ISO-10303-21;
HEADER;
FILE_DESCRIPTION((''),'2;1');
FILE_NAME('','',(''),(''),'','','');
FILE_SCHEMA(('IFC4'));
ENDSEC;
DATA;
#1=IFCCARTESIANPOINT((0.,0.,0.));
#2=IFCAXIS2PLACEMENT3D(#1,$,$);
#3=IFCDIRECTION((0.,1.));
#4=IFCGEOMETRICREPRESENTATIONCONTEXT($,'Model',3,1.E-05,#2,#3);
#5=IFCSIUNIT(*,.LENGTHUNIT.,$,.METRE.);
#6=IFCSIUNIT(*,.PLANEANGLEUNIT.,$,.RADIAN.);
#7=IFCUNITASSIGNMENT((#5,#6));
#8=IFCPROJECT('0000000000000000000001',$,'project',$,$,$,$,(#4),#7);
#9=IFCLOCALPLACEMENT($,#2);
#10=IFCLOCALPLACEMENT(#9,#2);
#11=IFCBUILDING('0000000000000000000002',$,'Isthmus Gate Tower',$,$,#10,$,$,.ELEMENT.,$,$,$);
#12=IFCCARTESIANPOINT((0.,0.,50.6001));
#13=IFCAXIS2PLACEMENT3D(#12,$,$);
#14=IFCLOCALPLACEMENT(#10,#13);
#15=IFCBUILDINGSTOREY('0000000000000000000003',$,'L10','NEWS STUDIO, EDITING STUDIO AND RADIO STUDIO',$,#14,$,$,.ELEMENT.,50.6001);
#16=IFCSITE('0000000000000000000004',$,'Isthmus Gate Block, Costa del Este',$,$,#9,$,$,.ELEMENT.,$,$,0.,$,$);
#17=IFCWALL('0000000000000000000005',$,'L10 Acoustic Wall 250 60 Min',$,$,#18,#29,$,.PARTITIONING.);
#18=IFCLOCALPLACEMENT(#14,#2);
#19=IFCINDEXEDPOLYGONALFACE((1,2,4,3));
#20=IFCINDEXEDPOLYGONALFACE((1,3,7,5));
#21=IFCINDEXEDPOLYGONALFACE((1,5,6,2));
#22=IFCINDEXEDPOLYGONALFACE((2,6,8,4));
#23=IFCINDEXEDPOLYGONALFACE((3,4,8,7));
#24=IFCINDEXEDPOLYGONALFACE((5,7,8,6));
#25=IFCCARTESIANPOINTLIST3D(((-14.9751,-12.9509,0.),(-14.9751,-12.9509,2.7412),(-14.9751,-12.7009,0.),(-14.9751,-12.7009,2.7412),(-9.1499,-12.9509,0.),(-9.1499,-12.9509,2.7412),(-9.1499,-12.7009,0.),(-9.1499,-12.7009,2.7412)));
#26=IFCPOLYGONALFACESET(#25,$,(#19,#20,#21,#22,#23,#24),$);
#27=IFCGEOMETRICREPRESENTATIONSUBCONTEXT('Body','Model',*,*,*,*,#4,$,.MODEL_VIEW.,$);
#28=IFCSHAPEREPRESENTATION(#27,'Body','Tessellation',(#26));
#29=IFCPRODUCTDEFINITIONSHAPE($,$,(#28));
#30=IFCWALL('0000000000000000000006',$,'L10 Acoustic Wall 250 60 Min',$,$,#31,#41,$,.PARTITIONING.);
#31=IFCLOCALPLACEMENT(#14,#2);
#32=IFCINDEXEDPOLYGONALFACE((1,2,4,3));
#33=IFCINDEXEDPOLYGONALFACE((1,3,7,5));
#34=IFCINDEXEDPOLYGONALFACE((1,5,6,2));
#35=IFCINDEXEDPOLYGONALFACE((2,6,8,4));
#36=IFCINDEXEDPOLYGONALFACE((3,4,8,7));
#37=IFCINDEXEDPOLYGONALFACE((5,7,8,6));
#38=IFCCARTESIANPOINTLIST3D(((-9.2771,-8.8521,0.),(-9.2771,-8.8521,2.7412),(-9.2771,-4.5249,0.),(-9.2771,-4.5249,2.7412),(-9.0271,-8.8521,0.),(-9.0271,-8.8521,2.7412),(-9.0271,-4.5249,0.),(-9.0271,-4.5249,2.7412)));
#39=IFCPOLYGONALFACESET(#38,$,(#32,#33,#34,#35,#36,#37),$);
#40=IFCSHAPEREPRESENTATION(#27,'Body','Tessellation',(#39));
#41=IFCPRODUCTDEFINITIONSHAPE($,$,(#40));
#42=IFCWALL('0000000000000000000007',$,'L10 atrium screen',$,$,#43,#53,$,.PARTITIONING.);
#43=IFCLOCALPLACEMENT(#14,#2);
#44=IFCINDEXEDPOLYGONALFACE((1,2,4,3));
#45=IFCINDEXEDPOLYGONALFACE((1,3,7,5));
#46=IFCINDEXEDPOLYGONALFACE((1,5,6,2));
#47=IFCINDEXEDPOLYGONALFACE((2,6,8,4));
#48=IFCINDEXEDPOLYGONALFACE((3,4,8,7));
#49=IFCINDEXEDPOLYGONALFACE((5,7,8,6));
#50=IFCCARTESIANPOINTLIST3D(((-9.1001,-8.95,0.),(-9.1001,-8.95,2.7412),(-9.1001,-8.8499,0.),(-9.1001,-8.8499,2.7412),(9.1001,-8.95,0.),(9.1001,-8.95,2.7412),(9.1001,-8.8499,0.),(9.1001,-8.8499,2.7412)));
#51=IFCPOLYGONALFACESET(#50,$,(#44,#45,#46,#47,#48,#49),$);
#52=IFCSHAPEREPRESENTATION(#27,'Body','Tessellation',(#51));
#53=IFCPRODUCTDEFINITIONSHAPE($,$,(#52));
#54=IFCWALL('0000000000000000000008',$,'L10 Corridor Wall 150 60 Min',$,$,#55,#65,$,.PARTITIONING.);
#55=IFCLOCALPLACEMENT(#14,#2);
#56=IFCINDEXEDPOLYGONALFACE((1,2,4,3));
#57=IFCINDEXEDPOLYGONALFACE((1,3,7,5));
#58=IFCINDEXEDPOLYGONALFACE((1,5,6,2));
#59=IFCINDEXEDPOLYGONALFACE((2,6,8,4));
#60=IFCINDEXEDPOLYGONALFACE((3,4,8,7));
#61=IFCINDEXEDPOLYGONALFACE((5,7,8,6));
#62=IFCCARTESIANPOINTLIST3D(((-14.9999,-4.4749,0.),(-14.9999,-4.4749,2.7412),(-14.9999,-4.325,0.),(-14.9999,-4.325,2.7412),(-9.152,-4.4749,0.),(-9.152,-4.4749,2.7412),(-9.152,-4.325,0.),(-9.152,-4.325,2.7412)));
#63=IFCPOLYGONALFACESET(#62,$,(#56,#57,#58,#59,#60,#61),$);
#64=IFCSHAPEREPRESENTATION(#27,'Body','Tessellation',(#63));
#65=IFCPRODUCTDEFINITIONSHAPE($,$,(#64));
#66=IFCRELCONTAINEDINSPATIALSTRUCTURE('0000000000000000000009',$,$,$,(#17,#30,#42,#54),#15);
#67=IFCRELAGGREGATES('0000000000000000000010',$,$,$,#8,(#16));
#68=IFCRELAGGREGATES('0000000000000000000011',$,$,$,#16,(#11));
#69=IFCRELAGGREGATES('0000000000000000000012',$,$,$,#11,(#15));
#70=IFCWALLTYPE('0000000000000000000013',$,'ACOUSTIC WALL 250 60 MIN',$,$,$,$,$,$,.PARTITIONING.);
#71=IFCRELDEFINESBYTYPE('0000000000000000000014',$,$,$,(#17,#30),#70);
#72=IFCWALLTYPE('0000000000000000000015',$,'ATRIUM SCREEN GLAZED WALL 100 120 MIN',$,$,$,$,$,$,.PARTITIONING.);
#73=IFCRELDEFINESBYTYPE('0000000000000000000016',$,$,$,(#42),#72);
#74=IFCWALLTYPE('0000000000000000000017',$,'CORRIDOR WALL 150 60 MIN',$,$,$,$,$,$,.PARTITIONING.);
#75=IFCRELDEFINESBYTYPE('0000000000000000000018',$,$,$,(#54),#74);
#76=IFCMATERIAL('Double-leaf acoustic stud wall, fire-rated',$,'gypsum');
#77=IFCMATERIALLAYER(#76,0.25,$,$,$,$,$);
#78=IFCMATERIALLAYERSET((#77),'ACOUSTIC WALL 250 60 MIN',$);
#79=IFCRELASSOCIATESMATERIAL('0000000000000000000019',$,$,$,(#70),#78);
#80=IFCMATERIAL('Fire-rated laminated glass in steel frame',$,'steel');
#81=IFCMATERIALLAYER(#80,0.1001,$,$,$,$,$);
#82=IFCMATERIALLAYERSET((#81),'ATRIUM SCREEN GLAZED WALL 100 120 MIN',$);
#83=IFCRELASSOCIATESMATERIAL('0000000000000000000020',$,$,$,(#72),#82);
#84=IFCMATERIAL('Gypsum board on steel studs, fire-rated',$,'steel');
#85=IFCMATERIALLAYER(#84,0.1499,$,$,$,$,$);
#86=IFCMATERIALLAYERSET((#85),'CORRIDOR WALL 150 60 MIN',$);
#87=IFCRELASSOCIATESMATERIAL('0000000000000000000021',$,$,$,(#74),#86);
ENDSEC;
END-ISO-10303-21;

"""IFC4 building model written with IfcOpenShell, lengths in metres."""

from ifc_helpers import new_model, si_unit, direction, frame, frame_2d, origin, place, context, subcontext, project, spatial, rectangle, extrude, material, layer, layer_set, type_object, element, save


model = new_model("IFC4")

# Units and contexts
model_context = context("Model", 3, precision=1e-05, world=origin(), true_north=direction((0.0, 1.0)))
body_context = subcontext(model_context, "Body", "Model", "MODEL_VIEW")
ifc_project = project(units=[si_unit("LENGTHUNIT", "METRE"), si_unit("PLANEANGLEUNIT", "RADIAN")], contexts=[model_context])

# Site, building, storey
site_placement = place(None, origin())
site = spatial("IfcSite", under=ifc_project, at=site_placement, Name="Isthmus Gate Block, Costa del Este", CompositionType="ELEMENT", RefElevation=0.0)
building_placement = place(site_placement, origin())
building = spatial("IfcBuilding", under=site, at=building_placement, Name="Isthmus Gate Tower", CompositionType="ELEMENT")
storey_placement = place(building_placement, frame((0.0, 0.0, 50.6001)))
storey = spatial("IfcBuildingStorey", under=building, at=storey_placement, Name="L10", Description="NEWS STUDIO, EDITING STUDIO AND RADIO STUDIO", CompositionType="ELEMENT", Elevation=50.6001)

# Walls
ifc_material_1 = material(Name="Double-leaf acoustic stud wall, fire-rated", Category="gypsum")
ifc_layer_1 = layer(ifc_material_1, 0.25)
ifc_layer_set_1 = layer_set([ifc_layer_1], Name="ACOUSTIC WALL 250 60 MIN")
wall_type_1 = type_object("IfcWallType", Name="ACOUSTIC WALL 250 60 MIN", PredefinedType="PARTITIONING", material=ifc_layer_set_1)
wall_1_placement = place(storey_placement, frame((-14.9751, -12.8259, 0.0), z_axis=(0.0, 0.0, 1.0), x_axis=(1.0, 0.0, 0.0)))
element("IfcWall", 1, at=wall_1_placement, inside=storey, type_object=wall_type_1, Name="L10 Acoustic Wall 250 60 Min", PredefinedType="PARTITIONING", context=body_context, shape_type="SweptSolid", body=[
    extrude(rectangle(XDim=5.8252, YDim=0.25, at=frame_2d((2.9126, 0.0))), origin(), (0.0, 0.0, 1.0), 2.7412),
])
wall_2_placement = place(storey_placement, frame((-9.1521, -8.8521, 0.0), z_axis=(0.0, 0.0, 1.0), x_axis=(0.0, 1.0, 0.0)))
element("IfcWall", 2, at=wall_2_placement, inside=storey, type_object=wall_type_1, Name="L10 Acoustic Wall 250 60 Min", PredefinedType="PARTITIONING", context=body_context, shape_type="SweptSolid", body=[
    extrude(rectangle(XDim=4.3271, YDim=0.25, at=frame_2d((2.1636, 0.0))), origin(), (0.0, 0.0, 1.0), 2.7412),
])
ifc_material_2 = material(Name="Fire-rated laminated glass in steel frame", Category="steel")
ifc_layer_2 = layer(ifc_material_2, 0.1001)
ifc_layer_set_2 = layer_set([ifc_layer_2], Name="ATRIUM SCREEN GLAZED WALL 100 120 MIN")
wall_type_2 = type_object("IfcWallType", Name="ATRIUM SCREEN GLAZED WALL 100 120 MIN", PredefinedType="PARTITIONING", material=ifc_layer_set_2)
wall_3_placement = place(storey_placement, frame((-9.1001, -8.8999, 0.0), z_axis=(0.0, 0.0, 1.0), x_axis=(1.0, 0.0, 0.0)))
element("IfcWall", 3, at=wall_3_placement, inside=storey, type_object=wall_type_2, Name="L10 atrium screen", PredefinedType="PARTITIONING", context=body_context, shape_type="SweptSolid", body=[
    extrude(rectangle(XDim=18.2002, YDim=0.1001, at=frame_2d((9.1001, 0.0))), origin(), (0.0, 0.0, 1.0), 2.7412),
])
ifc_material_3 = material(Name="Gypsum board on steel studs, fire-rated", Category="steel")
ifc_layer_3 = layer(ifc_material_3, 0.1499)
ifc_layer_set_3 = layer_set([ifc_layer_3], Name="CORRIDOR WALL 150 60 MIN")
wall_type_3 = type_object("IfcWallType", Name="CORRIDOR WALL 150 60 MIN", PredefinedType="PARTITIONING", material=ifc_layer_set_3)
wall_4_placement = place(storey_placement, frame((-9.1521, -4.3999, 0.0), z_axis=(0.0, 0.0, 1.0), x_axis=(-1.0, 0.0, 0.0)))
element("IfcWall", 4, at=wall_4_placement, inside=storey, type_object=wall_type_3, Name="L10 Corridor Wall 150 60 Min", PredefinedType="PARTITIONING", context=body_context, shape_type="SweptSolid", body=[
    extrude(rectangle(XDim=5.8479, YDim=0.1499, at=frame_2d((2.9238, 0.0))), origin(), (0.0, 0.0, 1.0), 2.7412),
])

save(model, "model.ifc")
